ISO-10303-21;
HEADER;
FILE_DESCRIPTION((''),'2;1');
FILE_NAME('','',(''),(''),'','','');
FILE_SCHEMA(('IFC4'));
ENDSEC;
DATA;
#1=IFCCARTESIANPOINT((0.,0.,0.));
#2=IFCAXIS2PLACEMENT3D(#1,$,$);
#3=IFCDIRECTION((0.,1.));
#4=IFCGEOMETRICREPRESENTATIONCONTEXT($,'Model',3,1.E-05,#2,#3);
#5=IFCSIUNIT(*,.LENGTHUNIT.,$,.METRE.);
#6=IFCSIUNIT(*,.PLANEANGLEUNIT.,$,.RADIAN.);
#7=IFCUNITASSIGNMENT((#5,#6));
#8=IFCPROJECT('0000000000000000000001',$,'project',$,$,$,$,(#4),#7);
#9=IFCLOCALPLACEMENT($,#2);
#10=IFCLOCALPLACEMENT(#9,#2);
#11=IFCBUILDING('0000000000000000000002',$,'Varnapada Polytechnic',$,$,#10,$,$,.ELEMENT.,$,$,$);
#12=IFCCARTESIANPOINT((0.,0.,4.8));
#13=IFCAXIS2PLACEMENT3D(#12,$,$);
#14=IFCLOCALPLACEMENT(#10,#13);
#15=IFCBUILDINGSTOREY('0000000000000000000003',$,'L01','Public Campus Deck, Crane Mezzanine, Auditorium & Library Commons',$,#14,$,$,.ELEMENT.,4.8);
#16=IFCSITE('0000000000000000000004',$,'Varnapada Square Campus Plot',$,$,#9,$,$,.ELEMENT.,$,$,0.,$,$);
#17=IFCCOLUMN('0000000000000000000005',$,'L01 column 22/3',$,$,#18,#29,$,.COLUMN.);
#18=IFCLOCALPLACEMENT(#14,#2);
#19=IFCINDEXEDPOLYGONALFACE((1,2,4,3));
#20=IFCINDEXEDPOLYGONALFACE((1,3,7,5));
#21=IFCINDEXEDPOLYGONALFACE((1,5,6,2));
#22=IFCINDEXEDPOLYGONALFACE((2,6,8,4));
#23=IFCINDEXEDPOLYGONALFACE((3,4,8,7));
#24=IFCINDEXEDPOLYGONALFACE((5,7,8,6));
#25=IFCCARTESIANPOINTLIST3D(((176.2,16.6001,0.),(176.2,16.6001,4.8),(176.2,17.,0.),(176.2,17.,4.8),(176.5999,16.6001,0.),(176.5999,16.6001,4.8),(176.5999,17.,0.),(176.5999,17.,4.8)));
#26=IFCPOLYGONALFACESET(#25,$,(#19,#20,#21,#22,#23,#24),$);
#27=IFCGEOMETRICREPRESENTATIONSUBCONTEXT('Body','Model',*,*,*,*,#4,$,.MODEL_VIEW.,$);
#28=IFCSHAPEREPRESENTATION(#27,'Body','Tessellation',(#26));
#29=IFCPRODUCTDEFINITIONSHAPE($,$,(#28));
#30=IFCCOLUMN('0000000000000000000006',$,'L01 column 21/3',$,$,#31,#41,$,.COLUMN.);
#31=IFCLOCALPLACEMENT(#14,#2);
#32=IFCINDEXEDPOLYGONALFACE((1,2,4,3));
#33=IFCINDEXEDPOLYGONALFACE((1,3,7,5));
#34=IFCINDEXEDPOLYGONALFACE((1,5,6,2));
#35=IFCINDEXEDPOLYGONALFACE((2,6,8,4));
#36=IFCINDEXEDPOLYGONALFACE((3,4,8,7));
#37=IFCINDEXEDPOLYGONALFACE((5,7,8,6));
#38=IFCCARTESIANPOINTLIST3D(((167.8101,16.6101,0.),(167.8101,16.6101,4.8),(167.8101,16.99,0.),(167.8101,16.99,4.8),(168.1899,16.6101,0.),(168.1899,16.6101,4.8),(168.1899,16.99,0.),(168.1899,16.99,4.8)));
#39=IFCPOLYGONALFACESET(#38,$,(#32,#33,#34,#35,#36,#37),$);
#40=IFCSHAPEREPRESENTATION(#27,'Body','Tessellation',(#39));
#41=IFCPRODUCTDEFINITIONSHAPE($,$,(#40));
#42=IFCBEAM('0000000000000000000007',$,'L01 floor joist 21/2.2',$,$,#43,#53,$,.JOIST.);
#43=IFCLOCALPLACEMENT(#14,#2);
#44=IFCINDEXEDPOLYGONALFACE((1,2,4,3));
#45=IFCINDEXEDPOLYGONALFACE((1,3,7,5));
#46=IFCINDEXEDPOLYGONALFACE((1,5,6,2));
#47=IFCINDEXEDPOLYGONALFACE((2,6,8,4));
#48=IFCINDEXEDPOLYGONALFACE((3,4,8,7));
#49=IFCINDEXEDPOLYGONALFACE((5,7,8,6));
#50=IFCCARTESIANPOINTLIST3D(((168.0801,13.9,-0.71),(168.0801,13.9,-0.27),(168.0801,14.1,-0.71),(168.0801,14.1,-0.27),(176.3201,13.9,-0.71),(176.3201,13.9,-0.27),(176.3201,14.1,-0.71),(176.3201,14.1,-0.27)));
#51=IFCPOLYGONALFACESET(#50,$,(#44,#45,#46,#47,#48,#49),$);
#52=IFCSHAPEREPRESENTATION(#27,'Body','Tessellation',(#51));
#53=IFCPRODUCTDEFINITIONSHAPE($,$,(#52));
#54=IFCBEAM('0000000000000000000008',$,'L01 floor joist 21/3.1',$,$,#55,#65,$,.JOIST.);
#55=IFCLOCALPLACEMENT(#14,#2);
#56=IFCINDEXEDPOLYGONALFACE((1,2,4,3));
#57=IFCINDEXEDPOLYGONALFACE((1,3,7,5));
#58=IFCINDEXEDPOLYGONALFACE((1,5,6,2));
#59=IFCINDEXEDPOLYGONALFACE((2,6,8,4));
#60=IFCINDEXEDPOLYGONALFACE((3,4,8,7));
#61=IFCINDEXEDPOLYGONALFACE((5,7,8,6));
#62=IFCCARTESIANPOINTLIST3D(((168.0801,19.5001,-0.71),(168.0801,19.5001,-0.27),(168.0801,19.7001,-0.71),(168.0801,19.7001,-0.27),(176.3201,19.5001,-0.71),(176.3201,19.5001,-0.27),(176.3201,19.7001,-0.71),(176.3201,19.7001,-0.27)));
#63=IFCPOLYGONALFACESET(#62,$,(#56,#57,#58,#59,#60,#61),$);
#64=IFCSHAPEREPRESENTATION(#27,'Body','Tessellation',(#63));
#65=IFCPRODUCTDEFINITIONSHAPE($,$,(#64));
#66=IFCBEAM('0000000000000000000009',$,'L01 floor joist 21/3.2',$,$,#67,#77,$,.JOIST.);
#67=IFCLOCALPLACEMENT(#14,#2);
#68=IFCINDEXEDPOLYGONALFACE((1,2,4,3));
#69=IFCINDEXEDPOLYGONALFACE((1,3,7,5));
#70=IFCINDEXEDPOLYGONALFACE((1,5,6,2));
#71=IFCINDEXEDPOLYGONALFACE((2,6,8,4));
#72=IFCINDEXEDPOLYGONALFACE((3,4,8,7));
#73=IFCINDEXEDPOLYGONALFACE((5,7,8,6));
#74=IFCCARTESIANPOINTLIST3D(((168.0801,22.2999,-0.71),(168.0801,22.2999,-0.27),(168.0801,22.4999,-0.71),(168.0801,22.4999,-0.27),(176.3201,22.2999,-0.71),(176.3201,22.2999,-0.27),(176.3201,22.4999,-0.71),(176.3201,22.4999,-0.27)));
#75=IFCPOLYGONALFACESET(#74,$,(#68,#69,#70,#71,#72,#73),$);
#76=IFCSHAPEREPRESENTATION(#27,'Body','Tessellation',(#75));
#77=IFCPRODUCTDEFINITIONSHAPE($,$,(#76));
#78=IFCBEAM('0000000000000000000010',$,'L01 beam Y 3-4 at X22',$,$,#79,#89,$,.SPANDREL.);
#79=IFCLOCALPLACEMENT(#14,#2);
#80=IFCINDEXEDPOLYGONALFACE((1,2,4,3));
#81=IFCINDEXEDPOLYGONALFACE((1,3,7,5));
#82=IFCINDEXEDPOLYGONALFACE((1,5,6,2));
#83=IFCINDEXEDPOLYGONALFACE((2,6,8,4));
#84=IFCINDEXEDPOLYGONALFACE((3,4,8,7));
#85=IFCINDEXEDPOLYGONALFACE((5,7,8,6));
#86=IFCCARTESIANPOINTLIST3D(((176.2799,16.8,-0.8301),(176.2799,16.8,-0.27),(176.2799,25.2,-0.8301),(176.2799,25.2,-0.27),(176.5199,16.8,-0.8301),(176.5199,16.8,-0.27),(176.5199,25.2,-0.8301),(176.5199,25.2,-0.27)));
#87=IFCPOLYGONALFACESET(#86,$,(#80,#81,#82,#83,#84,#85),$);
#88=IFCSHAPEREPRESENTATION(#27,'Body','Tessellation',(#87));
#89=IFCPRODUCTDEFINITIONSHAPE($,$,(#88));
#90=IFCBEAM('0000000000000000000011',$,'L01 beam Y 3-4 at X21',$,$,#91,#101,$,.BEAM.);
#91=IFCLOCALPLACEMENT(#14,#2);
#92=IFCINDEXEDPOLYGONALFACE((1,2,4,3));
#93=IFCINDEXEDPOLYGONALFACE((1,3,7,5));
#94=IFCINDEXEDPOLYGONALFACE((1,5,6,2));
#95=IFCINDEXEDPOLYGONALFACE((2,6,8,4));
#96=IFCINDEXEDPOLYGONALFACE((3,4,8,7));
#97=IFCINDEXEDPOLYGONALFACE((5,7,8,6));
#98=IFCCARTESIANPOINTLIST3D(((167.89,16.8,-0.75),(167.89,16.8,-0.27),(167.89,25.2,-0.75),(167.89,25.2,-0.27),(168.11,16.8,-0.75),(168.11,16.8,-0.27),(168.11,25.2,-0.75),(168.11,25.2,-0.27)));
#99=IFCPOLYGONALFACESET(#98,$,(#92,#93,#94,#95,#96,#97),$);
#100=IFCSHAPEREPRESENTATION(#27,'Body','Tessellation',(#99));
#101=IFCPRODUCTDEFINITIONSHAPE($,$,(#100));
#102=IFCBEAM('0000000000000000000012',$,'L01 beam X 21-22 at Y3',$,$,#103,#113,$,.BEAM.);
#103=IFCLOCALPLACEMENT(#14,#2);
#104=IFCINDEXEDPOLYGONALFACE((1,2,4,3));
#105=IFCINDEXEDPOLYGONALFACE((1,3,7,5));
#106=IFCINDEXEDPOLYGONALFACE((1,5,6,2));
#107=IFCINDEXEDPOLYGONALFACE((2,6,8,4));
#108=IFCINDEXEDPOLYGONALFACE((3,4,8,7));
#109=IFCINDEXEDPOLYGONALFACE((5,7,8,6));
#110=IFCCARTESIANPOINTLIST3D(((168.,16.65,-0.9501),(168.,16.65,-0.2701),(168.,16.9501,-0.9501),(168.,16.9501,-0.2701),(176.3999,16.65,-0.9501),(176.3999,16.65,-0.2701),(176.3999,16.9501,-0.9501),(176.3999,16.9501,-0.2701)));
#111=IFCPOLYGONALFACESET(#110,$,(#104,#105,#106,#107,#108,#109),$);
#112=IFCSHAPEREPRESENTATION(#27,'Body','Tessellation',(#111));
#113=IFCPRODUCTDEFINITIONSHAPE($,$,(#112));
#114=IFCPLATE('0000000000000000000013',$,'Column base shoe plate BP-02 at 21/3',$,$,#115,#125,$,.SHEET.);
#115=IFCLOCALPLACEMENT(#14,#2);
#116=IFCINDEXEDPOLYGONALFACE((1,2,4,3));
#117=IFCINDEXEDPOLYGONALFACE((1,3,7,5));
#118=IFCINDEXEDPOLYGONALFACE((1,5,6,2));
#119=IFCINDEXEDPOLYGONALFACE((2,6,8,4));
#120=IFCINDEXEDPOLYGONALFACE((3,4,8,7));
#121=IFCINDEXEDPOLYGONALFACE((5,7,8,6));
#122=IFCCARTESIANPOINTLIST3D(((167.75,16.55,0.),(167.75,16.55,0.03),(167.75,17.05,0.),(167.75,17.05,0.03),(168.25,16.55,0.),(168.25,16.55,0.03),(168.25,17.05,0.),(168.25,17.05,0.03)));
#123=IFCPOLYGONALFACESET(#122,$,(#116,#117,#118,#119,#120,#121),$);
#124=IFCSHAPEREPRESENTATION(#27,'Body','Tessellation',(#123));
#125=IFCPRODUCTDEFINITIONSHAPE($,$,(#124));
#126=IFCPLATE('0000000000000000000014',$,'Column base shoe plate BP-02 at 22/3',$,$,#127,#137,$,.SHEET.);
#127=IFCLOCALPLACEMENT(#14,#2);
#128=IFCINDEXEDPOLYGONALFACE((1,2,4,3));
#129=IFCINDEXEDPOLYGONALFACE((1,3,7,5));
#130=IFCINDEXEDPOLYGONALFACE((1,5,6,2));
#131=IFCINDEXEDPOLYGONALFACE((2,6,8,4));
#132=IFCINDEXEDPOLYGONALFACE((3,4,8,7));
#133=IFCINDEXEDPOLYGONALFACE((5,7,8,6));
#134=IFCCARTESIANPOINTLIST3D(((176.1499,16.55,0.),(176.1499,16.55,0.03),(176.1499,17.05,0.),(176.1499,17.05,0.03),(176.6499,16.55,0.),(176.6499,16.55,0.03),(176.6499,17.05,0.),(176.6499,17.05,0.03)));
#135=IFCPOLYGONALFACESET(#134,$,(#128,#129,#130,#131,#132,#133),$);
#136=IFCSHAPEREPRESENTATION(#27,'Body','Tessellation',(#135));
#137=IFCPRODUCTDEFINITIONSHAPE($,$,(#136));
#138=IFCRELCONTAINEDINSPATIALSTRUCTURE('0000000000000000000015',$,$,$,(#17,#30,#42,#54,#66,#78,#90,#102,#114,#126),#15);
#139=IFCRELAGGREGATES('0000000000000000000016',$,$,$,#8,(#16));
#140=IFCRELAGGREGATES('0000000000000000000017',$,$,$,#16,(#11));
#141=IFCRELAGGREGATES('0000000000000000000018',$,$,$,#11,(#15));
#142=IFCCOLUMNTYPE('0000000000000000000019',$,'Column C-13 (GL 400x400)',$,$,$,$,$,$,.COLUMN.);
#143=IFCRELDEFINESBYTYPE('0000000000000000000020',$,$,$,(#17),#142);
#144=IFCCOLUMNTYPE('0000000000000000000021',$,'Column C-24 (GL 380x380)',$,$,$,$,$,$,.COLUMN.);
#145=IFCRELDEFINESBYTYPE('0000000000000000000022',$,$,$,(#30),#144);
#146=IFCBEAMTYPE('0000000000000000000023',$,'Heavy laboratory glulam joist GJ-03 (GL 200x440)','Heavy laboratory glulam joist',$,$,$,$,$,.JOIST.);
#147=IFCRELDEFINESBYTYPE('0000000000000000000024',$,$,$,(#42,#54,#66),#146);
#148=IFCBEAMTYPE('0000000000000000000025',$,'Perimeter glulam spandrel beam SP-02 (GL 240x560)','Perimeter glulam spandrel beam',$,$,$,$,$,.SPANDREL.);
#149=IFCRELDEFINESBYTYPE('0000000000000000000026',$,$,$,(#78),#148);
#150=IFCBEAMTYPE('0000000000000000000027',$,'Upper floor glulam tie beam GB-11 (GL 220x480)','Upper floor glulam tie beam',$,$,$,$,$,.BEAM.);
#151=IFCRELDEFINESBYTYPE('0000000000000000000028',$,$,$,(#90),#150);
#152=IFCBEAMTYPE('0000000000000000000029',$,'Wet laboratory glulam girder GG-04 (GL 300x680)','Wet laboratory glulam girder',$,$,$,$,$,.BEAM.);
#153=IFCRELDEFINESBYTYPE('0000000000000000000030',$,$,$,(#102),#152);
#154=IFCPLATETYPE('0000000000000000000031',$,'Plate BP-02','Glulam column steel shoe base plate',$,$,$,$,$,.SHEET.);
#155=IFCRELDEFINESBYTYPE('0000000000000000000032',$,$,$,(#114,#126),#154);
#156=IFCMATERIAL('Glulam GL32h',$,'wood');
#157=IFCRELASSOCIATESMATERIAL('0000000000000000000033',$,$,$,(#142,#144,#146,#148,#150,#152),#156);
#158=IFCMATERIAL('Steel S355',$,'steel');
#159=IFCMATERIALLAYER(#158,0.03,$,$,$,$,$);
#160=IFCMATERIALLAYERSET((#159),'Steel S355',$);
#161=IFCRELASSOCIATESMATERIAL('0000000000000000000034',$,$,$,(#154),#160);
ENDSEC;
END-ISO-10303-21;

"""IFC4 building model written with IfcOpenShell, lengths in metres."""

from ifc_helpers import new_model, si_unit, direction, frame, origin, origin_2d, place, context, subcontext, project, spatial, rectangle, extrude, material, layer, layer_set, material_profile, profile_set, type_object, element, save


model = new_model("IFC4")

# Units and contexts
model_context = context("Model", 3, precision=1e-05, world=origin(), true_north=direction((0.0, 1.0)))
body_context = subcontext(model_context, "Body", "Model", "MODEL_VIEW")
ifc_project = project(units=[si_unit("LENGTHUNIT", "METRE"), si_unit("PLANEANGLEUNIT", "RADIAN")], contexts=[model_context])

# Site, building, storey
site_placement = place(None, origin())
site = spatial("IfcSite", under=ifc_project, at=site_placement, Name="Varnapada Square Campus Plot", CompositionType="ELEMENT", RefElevation=0.0)
building_placement = place(site_placement, origin())
building = spatial("IfcBuilding", under=site, at=building_placement, Name="Varnapada Polytechnic", CompositionType="ELEMENT")
storey_placement = place(building_placement, frame((0.0, 0.0, 4.8)))
storey = spatial("IfcBuildingStorey", under=building, at=storey_placement, Name="L01", Description="Public Campus Deck, Crane Mezzanine, Auditorium & Library Commons", CompositionType="ELEMENT", Elevation=4.8)

# Columns
ifc_material_1 = material(Name="Glulam GL32h", Category="wood")
ifc_material_profile_1 = material_profile(ifc_material_1, rectangle(XDim=0.3999, YDim=0.3999, at=origin_2d()), Name="GL 400x400")
ifc_profile_set_1 = profile_set([ifc_material_profile_1], Name="Glulam GL32h")
column_type_1 = type_object("IfcColumnType", Name="Column C-13 (GL 400x400)", PredefinedType="COLUMN", material=ifc_profile_set_1)
column_1_placement = place(storey_placement, frame((176.3999, 16.8, 0.0), z_axis=(0.0, 0.0, 1.0), x_axis=(1.0, 0.0, 0.0)))
element("IfcColumn", 1, at=column_1_placement, inside=storey, type_object=column_type_1, Name="L01 column 22/3", PredefinedType="COLUMN", context=body_context, shape_type="SweptSolid", body=[
    extrude(rectangle(XDim=0.3999, YDim=0.3999, at=origin_2d()), origin(), (0.0, 0.0, 1.0), 4.8),
])
ifc_material_profile_2 = material_profile(ifc_material_1, rectangle(XDim=0.3799, YDim=0.3799, at=origin_2d()), Name="GL 380x380")
ifc_profile_set_2 = profile_set([ifc_material_profile_2], Name="Glulam GL32h")
column_type_2 = type_object("IfcColumnType", Name="Column C-24 (GL 380x380)", PredefinedType="COLUMN", material=ifc_profile_set_2)
column_2_placement = place(storey_placement, frame((168.0, 16.8, 0.0), z_axis=(0.0, 0.0, 1.0), x_axis=(1.0, 0.0, 0.0)))
element("IfcColumn", 2, at=column_2_placement, inside=storey, type_object=column_type_2, Name="L01 column 21/3", PredefinedType="COLUMN", context=body_context, shape_type="SweptSolid", body=[
    extrude(rectangle(XDim=0.3799, YDim=0.3799, at=origin_2d()), origin(), (0.0, 0.0, 1.0), 4.8),
])

# Beams
ifc_material_profile_3 = material_profile(ifc_material_1, rectangle(XDim=0.2, YDim=0.4399, at=origin_2d()), Name="GL 200x440")
ifc_profile_set_3 = profile_set([ifc_material_profile_3], Name="Glulam GL32h")
beam_type_1 = type_object("IfcBeamType", Name="Heavy laboratory glulam joist GJ-03 (GL 200x440)", Description="Heavy laboratory glulam joist", PredefinedType="JOIST", material=ifc_profile_set_3)
for number, where, z_axis, x_axis, name in (
    (3, (168.0801, 14.0, -0.49), (1.0, 0.0, 0.0), (0.0, 1.0, 0.0), "L01 floor joist 21/2.2"),
    (4, (168.0801, 19.6001, -0.49), (1.0, 0.0, 0.0), (0.0, 1.0, 0.0), "L01 floor joist 21/3.1"),
    (5, (168.0801, 22.3999, -0.49), (1.0, 0.0, 0.0), (0.0, 1.0, 0.0), "L01 floor joist 21/3.2"),
):
    element("IfcBeam", number, at=place(storey_placement, frame(where, z_axis=z_axis, x_axis=x_axis)), inside=storey, type_object=beam_type_1, Name=name, PredefinedType="JOIST", context=body_context, shape_type="SweptSolid", body=[
        extrude(rectangle(XDim=0.2, YDim=0.4399, at=origin_2d()), origin(), (0.0, 0.0, 1.0), 8.24),
    ])
ifc_material_profile_4 = material_profile(ifc_material_1, rectangle(XDim=0.24, YDim=0.5601, at=origin_2d()), Name="GL 240x560")
ifc_profile_set_4 = profile_set([ifc_material_profile_4], Name="Glulam GL32h")
beam_type_2 = type_object("IfcBeamType", Name="Perimeter glulam spandrel beam SP-02 (GL 240x560)", Description="Perimeter glulam spandrel beam", PredefinedType="SPANDREL", material=ifc_profile_set_4)
beam_1_placement = place(storey_placement, frame((176.3999, 16.8, -0.55), z_axis=(0.0, 1.0, 0.0), x_axis=(-1.0, 0.0, 0.0)))
element("IfcBeam", 6, at=beam_1_placement, inside=storey, type_object=beam_type_2, Name="L01 beam Y 3-4 at X22", PredefinedType="SPANDREL", context=body_context, shape_type="SweptSolid", body=[
    extrude(rectangle(XDim=0.24, YDim=0.5601, at=origin_2d()), origin(), (0.0, 0.0, 1.0), 8.3999),
])
ifc_material_profile_5 = material_profile(ifc_material_1, rectangle(XDim=0.22, YDim=0.48, at=origin_2d()), Name="GL 220x480")
ifc_profile_set_5 = profile_set([ifc_material_profile_5], Name="Glulam GL32h")
beam_type_3 = type_object("IfcBeamType", Name="Upper floor glulam tie beam GB-11 (GL 220x480)", Description="Upper floor glulam tie beam", PredefinedType="BEAM", material=ifc_profile_set_5)
beam_2_placement = place(storey_placement, frame((168.0, 16.8, -0.51), z_axis=(0.0, 1.0, 0.0), x_axis=(-1.0, 0.0, 0.0)))
element("IfcBeam", 7, at=beam_2_placement, inside=storey, type_object=beam_type_3, Name="L01 beam Y 3-4 at X21", PredefinedType="BEAM", context=body_context, shape_type="SweptSolid", body=[
    extrude(rectangle(XDim=0.22, YDim=0.48, at=origin_2d()), origin(), (0.0, 0.0, 1.0), 8.3999),
])
ifc_material_profile_6 = material_profile(ifc_material_1, rectangle(XDim=0.3, YDim=0.6799, at=origin_2d()), Name="GL 300x680")
ifc_profile_set_6 = profile_set([ifc_material_profile_6], Name="Glulam GL32h")
beam_type_4 = type_object("IfcBeamType", Name="Wet laboratory glulam girder GG-04 (GL 300x680)", Description="Wet laboratory glulam girder", PredefinedType="BEAM", material=ifc_profile_set_6)
beam_3_placement = place(storey_placement, frame((168.0, 16.8, -0.6101), z_axis=(1.0, 0.0, 0.0), x_axis=(0.0, 1.0, 0.0)))
element("IfcBeam", 8, at=beam_3_placement, inside=storey, type_object=beam_type_4, Name="L01 beam X 21-22 at Y3", PredefinedType="BEAM", context=body_context, shape_type="SweptSolid", body=[
    extrude(rectangle(XDim=0.3, YDim=0.6799, at=origin_2d()), origin(), (0.0, 0.0, 1.0), 8.3999),
])

# Plates
ifc_material_2 = material(Name="Steel S355", Category="steel")
ifc_layer_1 = layer(ifc_material_2, 0.03)
ifc_layer_set_1 = layer_set([ifc_layer_1], Name="Steel S355")
plate_type = type_object("IfcPlateType", Name="Plate BP-02", Description="Glulam column steel shoe base plate", PredefinedType="SHEET", material=ifc_layer_set_1)
for number, where, z_axis, x_axis, name in (
    (9, (168.0, 16.8, 0.0), (0.0, 0.0, 1.0), (1.0, 0.0, 0.0), "Column base shoe plate BP-02 at 21/3"),
    (10, (176.3999, 16.8, 0.0), (0.0, 0.0, 1.0), (1.0, 0.0, 0.0), "Column base shoe plate BP-02 at 22/3"),
):
    element("IfcPlate", number, at=place(storey_placement, frame(where, z_axis=z_axis, x_axis=x_axis)), inside=storey, type_object=plate_type, Name=name, PredefinedType="SHEET", context=body_context, shape_type="SweptSolid", body=[
        extrude(rectangle(XDim=0.5, YDim=0.5, at=origin_2d()), origin(), (0.0, 0.0, 1.0), 0.03),
    ])

save(model, "model.ifc")
